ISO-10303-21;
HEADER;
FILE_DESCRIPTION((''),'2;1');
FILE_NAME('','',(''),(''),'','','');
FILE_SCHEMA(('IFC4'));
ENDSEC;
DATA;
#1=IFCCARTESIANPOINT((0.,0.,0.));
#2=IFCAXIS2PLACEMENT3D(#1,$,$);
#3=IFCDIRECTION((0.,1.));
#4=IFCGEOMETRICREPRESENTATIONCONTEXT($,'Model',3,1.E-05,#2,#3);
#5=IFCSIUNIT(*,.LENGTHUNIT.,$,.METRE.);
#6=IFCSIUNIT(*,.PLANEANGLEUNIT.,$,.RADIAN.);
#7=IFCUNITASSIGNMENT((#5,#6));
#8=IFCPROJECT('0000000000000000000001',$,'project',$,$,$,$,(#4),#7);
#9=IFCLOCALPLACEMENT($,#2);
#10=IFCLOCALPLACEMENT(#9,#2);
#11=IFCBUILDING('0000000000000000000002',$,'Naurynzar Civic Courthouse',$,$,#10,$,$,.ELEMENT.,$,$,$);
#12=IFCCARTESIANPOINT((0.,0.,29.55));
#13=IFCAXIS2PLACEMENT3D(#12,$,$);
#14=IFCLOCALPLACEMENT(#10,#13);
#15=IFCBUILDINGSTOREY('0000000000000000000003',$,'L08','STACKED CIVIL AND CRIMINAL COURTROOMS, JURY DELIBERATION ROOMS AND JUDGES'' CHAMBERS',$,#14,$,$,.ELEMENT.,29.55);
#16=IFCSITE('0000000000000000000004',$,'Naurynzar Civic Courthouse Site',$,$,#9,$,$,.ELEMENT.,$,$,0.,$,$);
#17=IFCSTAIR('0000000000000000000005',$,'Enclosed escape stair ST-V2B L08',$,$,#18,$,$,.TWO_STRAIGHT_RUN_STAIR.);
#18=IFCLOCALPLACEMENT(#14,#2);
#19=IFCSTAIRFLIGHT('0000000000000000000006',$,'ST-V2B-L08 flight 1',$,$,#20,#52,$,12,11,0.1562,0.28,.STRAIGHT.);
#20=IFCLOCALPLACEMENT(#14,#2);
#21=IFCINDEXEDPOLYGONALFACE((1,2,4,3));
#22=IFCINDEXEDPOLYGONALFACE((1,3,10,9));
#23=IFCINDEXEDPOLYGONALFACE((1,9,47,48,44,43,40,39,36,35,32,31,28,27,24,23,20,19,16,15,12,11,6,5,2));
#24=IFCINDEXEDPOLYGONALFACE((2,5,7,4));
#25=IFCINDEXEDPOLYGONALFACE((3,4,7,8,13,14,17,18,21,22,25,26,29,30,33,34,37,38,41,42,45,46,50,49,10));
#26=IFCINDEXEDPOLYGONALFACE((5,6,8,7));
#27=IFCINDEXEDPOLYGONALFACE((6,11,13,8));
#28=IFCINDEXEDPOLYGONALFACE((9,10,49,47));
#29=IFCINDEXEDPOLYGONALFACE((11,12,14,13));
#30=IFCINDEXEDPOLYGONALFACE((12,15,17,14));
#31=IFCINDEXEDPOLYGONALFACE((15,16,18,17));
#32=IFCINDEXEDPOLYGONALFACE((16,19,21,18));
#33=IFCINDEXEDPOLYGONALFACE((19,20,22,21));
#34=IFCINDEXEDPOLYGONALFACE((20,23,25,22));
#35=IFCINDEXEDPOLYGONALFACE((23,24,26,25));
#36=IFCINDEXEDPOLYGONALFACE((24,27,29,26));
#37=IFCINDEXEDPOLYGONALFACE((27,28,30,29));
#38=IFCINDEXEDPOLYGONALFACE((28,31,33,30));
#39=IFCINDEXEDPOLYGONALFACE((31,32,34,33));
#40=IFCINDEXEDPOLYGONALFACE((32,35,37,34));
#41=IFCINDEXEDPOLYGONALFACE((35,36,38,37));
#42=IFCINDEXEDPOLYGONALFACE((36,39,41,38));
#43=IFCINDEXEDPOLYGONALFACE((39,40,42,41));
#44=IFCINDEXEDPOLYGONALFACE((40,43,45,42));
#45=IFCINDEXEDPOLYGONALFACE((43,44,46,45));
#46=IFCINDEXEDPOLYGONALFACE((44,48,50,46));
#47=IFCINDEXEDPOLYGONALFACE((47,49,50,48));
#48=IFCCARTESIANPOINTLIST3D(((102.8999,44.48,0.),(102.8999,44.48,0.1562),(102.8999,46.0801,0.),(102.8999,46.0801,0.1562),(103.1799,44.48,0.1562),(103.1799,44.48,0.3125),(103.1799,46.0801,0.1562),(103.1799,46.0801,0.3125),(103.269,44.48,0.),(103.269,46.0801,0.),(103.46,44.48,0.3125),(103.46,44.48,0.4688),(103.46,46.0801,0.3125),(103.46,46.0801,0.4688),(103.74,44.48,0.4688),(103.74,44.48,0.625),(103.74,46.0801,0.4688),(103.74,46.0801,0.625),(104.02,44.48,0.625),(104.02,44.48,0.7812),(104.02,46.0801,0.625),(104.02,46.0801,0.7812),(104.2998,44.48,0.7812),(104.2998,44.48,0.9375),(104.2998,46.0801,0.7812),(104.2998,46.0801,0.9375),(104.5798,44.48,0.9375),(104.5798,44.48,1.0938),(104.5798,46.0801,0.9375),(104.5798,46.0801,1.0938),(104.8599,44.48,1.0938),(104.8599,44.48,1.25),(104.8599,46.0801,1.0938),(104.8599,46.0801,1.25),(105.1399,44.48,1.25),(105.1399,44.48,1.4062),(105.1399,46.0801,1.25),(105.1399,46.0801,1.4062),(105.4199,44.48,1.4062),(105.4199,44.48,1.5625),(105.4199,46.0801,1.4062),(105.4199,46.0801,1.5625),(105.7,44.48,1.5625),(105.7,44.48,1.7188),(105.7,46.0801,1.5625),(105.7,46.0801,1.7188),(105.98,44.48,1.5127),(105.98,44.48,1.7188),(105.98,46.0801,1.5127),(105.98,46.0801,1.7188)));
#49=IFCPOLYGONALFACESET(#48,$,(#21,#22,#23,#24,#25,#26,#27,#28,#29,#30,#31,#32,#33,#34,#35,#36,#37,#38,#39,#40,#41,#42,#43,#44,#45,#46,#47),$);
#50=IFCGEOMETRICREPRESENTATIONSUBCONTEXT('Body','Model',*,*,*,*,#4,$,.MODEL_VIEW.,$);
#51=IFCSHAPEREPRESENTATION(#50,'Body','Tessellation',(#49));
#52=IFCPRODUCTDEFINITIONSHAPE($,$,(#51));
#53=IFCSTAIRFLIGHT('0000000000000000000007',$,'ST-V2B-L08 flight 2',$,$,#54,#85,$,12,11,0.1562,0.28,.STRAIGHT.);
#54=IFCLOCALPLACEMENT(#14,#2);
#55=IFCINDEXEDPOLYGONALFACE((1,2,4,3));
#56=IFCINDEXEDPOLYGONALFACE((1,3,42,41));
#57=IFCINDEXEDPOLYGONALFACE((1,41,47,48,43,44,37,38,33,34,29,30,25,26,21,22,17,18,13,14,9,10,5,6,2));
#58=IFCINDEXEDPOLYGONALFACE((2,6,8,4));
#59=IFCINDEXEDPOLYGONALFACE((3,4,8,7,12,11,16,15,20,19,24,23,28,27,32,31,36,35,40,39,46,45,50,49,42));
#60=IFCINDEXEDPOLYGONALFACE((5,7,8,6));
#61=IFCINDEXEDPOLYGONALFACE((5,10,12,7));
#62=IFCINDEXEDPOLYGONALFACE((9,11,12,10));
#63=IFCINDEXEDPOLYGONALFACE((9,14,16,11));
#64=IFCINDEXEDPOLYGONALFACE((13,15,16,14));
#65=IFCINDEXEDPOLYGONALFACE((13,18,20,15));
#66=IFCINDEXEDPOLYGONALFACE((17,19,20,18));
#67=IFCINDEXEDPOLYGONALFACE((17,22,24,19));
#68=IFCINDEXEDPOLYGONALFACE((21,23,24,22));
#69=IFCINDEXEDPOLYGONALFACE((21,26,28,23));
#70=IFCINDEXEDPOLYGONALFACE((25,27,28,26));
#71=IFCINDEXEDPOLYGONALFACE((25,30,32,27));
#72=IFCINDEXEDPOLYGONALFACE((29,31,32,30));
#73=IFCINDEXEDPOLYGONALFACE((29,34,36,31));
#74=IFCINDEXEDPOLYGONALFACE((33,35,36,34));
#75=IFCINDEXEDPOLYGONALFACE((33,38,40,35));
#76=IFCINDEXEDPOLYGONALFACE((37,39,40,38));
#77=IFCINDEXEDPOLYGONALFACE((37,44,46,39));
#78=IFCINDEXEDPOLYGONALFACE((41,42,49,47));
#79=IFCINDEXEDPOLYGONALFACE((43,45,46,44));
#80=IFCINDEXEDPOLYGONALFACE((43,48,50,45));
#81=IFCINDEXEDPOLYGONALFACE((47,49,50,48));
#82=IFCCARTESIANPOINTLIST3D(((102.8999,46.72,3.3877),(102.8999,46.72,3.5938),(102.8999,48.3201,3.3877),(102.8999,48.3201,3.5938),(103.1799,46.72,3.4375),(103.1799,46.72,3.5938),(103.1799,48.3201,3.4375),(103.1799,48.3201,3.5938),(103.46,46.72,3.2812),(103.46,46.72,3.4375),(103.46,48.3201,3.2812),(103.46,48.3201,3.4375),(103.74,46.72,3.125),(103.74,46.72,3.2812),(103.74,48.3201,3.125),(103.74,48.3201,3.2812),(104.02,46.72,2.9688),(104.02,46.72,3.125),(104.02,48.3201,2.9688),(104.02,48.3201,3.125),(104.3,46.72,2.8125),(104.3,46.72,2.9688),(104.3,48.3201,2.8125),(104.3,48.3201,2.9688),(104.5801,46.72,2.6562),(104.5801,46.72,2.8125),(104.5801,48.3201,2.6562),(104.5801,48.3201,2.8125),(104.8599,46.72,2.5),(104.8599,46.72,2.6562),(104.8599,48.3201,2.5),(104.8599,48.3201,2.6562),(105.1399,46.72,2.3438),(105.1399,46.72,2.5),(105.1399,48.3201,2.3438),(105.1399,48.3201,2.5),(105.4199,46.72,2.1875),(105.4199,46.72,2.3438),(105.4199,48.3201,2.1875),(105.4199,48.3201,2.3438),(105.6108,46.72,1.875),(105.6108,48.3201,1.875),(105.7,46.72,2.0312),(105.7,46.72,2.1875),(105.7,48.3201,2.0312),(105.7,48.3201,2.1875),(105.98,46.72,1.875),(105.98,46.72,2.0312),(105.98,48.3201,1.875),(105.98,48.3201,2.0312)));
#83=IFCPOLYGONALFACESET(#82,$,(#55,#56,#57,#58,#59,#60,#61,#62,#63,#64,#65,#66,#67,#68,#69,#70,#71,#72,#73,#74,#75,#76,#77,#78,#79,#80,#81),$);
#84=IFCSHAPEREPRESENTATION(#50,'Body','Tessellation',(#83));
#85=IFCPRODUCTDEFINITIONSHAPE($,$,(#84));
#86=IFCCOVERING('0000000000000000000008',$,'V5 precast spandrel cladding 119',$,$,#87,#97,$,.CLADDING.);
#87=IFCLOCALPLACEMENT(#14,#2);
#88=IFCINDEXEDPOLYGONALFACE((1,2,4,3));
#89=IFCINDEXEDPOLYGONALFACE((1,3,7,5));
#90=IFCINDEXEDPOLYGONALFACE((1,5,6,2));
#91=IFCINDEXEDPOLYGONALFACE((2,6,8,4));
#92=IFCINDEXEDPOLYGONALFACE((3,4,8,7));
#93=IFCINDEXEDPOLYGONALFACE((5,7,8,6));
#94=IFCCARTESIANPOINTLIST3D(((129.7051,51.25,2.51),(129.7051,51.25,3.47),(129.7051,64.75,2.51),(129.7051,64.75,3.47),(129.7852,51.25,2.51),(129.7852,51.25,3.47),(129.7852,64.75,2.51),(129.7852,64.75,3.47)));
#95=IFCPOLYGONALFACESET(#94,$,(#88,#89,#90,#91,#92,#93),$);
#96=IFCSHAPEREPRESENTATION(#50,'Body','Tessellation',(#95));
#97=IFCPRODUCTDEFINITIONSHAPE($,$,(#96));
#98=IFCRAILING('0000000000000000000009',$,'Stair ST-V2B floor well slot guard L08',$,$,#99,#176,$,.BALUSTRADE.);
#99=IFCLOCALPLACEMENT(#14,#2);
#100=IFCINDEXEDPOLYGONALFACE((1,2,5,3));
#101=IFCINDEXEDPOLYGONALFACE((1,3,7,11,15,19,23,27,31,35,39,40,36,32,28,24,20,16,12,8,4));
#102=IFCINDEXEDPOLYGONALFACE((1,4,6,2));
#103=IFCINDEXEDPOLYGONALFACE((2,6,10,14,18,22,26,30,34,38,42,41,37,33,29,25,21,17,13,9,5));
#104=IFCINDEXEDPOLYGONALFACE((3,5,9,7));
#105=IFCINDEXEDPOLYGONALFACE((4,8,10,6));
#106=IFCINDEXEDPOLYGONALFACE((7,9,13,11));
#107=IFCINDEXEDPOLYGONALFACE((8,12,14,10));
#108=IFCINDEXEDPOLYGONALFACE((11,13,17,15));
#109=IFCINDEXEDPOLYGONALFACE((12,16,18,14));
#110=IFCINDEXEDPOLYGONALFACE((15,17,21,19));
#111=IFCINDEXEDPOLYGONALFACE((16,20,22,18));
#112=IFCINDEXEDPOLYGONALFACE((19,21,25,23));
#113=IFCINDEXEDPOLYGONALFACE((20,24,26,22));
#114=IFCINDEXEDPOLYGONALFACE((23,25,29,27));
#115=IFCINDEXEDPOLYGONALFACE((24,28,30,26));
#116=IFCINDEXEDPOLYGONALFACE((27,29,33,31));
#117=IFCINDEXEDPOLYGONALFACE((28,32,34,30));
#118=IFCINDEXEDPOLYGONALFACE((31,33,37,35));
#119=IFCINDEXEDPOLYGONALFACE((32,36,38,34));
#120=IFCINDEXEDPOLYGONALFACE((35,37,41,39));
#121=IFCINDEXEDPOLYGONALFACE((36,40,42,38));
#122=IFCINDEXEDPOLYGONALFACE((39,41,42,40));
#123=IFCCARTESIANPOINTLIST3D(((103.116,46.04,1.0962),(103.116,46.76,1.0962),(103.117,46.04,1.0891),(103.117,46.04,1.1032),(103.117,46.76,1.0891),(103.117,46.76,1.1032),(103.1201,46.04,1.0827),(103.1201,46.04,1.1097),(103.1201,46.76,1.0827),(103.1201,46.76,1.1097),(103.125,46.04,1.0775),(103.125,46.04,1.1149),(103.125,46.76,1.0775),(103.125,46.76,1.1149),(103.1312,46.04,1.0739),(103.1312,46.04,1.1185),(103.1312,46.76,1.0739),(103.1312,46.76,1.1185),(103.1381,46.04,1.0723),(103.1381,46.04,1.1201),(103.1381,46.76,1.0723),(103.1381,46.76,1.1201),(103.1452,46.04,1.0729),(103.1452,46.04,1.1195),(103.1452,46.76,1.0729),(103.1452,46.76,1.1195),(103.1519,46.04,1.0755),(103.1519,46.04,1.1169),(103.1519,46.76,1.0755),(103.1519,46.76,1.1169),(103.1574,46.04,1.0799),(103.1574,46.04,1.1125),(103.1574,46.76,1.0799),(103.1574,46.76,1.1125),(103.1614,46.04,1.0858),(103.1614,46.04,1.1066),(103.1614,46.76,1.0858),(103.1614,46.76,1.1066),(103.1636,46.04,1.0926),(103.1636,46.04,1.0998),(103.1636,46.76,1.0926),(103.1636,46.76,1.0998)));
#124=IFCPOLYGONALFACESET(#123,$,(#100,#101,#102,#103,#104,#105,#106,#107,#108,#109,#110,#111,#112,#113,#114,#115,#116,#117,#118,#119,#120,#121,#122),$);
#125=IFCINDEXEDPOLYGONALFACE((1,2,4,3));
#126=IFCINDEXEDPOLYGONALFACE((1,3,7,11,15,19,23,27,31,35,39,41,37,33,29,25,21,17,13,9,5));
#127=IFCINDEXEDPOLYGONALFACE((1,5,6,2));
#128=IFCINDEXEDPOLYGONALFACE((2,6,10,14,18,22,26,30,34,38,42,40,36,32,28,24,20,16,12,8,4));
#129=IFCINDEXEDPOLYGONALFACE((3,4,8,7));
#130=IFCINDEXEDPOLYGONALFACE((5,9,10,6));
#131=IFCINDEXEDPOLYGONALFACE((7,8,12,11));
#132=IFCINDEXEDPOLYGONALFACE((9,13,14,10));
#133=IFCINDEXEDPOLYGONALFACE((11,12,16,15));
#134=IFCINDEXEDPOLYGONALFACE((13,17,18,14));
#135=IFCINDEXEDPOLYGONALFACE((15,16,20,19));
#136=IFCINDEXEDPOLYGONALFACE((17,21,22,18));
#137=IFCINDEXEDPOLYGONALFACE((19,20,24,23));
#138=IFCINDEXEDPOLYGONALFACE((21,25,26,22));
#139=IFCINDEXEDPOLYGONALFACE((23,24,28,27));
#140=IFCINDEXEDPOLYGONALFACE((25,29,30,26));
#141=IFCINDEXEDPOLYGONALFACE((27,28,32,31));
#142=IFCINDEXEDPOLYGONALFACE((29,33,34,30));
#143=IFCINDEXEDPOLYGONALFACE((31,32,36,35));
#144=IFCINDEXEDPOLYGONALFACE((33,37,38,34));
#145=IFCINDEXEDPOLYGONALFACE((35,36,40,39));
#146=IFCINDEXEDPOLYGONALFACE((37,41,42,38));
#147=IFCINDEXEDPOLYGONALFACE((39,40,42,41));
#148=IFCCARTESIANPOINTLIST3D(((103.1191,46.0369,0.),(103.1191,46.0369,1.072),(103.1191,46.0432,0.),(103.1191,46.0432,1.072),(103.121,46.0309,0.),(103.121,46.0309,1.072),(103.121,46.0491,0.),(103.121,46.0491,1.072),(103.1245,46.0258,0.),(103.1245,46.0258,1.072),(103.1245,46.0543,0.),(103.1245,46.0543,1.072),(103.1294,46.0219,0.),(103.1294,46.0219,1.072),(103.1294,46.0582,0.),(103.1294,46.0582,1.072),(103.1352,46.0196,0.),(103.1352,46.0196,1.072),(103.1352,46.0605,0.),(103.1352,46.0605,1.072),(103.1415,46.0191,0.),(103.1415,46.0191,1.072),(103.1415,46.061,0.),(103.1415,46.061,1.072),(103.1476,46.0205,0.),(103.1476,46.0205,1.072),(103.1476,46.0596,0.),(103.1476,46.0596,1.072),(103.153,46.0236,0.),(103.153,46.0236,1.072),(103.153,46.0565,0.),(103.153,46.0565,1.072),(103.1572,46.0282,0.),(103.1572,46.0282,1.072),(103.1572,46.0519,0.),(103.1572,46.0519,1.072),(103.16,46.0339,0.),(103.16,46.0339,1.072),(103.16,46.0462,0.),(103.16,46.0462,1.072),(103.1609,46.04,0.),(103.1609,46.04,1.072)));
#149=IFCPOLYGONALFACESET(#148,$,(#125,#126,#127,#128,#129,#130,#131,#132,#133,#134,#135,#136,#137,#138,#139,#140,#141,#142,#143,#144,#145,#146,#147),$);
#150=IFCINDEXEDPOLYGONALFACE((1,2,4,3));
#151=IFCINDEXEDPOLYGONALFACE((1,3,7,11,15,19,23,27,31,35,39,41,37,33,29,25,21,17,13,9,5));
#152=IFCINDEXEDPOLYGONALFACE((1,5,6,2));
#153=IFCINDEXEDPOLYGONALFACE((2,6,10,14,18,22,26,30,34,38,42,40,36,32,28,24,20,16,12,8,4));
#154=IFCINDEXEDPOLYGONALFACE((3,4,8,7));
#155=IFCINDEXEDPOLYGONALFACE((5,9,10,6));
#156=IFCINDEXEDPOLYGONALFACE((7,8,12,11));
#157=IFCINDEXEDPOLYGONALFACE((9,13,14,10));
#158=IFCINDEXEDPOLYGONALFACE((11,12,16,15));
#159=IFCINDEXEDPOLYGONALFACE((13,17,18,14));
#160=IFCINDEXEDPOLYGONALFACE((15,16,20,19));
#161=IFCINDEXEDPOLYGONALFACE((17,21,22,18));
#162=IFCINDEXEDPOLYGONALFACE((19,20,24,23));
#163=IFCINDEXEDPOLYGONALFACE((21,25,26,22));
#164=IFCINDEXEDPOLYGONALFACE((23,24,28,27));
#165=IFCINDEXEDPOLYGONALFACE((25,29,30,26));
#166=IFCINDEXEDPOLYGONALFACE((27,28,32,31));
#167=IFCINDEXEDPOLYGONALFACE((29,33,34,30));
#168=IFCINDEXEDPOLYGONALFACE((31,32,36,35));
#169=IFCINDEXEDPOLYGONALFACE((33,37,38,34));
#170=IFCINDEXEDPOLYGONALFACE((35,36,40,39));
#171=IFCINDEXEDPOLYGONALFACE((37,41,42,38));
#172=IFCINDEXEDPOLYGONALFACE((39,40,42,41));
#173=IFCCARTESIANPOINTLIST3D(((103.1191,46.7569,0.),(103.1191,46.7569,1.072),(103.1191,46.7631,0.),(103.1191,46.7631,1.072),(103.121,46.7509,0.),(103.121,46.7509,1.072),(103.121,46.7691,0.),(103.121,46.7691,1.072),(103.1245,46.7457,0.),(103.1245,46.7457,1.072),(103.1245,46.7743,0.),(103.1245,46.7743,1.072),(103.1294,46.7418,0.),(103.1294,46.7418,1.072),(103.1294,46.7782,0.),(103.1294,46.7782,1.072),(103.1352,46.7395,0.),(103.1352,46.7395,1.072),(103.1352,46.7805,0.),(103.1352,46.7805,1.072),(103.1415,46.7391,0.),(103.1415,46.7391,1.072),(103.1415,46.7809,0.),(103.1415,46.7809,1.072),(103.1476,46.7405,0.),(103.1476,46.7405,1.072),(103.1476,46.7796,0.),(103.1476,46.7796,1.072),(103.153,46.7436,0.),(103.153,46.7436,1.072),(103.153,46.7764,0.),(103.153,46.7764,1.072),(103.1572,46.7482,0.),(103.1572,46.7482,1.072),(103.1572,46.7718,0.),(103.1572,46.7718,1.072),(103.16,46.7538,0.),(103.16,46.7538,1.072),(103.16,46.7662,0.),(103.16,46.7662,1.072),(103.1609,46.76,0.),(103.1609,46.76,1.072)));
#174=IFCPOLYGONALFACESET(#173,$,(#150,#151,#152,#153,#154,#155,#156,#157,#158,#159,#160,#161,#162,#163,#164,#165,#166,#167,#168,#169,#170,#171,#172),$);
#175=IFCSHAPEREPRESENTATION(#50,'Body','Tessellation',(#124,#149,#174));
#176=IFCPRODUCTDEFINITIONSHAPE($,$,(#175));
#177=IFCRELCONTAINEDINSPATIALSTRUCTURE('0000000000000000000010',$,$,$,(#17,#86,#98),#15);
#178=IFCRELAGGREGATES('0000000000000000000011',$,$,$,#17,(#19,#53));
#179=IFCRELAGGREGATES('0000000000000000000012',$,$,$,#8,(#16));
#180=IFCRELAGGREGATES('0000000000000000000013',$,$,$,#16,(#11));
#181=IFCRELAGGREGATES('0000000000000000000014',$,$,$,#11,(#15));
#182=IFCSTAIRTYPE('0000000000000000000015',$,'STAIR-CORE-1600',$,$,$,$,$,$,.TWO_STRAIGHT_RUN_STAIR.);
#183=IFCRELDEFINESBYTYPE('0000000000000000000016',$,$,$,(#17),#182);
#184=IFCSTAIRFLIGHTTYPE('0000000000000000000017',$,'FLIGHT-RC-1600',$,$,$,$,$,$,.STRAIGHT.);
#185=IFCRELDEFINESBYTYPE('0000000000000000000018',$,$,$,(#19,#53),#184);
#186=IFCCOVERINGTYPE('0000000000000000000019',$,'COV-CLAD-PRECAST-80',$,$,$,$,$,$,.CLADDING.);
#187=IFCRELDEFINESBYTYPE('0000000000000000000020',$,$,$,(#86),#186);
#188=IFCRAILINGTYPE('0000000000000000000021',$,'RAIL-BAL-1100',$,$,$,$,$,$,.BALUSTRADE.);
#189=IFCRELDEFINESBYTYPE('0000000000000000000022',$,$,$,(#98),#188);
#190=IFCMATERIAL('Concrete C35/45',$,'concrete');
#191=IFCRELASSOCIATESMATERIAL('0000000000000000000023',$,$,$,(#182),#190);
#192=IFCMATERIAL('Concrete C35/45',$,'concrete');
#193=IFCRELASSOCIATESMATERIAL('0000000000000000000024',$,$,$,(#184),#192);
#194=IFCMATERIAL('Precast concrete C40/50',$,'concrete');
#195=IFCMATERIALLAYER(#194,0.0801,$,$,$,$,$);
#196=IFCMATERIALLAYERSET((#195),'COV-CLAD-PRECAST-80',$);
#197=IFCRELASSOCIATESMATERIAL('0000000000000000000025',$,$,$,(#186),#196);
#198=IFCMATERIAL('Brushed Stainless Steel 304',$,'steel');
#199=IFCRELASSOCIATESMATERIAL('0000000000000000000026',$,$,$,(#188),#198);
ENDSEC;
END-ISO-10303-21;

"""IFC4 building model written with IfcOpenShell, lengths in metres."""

from ifc_helpers import new_model, si_unit, direction, frame, origin, origin_2d, place, context, subcontext, project, spatial, polyline, rectangle, circle, outline, extrude, material, layer, layer_set, type_object, element, aggregate, save


model = new_model("IFC4")

# Units and contexts
model_context = context("Model", 3, precision=1e-05, world=origin(), true_north=direction((0.0, 1.0)))
body_context = subcontext(model_context, "Body", "Model", "MODEL_VIEW")
ifc_project = project(units=[si_unit("LENGTHUNIT", "METRE"), si_unit("PLANEANGLEUNIT", "RADIAN")], contexts=[model_context])

# Site, building, storey
site_placement = place(None, origin())
site = spatial("IfcSite", under=ifc_project, at=site_placement, Name="Naurynzar Civic Courthouse Site", CompositionType="ELEMENT", RefElevation=0.0)
building_placement = place(site_placement, origin())
building = spatial("IfcBuilding", under=site, at=building_placement, Name="Naurynzar Civic Courthouse", CompositionType="ELEMENT")
storey_placement = place(building_placement, frame((0.0, 0.0, 29.55)))
storey = spatial("IfcBuildingStorey", under=building, at=storey_placement, Name="L08", Description="STACKED CIVIL AND CRIMINAL COURTROOMS, JURY DELIBERATION ROOMS AND JUDGES' CHAMBERS", CompositionType="ELEMENT", Elevation=29.55)

# Stair, stair flights
ifc_material_1 = material(Name="Concrete C35/45", Category="concrete")
stair_type = type_object("IfcStairType", Name="STAIR-CORE-1600", PredefinedType="TWO_STRAIGHT_RUN_STAIR", material=ifc_material_1)
stair_placement = place(storey_placement, origin())
stair = element("IfcStair", 1, at=stair_placement, inside=storey, type_object=stair_type, Name="Enclosed escape stair ST-V2B L08", PredefinedType="TWO_STRAIGHT_RUN_STAIR")
ifc_material_2 = material(Name="Concrete C35/45", Category="concrete")
stair_flight_type = type_object("IfcStairFlightType", Name="FLIGHT-RC-1600", PredefinedType="STRAIGHT", material=ifc_material_2)
stair_flight_1_placement = place(storey_placement, frame((102.8999, 45.28, 0.0), z_axis=(0.0, 0.0, 1.0), x_axis=(1.0, 0.0, 0.0)))
stair_flight_1 = element("IfcStairFlight", 2, at=stair_flight_1_placement, type_object=stair_flight_type, Name="ST-V2B-L08 flight 1", NumberOfRisers=12, NumberOfTreads=11, PredefinedType="STRAIGHT", RiserHeight=0.1562, TreadLength=0.28, context=body_context, shape_type="SweptSolid", body=[
    extrude(outline(polyline([(0.0, 0.0), (0.0, 0.1562), (0.28, 0.1562), (0.28, 0.3125), (0.5601, 0.3125), (0.5601, 0.4688), (0.8401, 0.4688), (0.8401, 0.625), (1.1201, 0.625), (1.1201, 0.7812), (1.3999, 0.7812), (1.3999, 0.9375), (1.6799, 0.9375), (1.6799, 1.0938), (1.96, 1.0938), (1.96, 1.25), (2.24, 1.25), (2.24, 1.4062), (2.52, 1.4062), (2.52, 1.5625), (2.8, 1.5625), (2.8, 1.7188), (3.0801, 1.7188), (3.0801, 1.875), (3.0801, 1.5127), (0.3691, 0.0), (0.0, 0.0)])), frame((0.0, 0.8, 0.0), z_axis=(0.0, -1.0, 0.0), x_axis=(1.0, 0.0, 0.0)), (0.0, 0.0, 1.0), 1.6001),
])
stair_flight_2_placement = place(storey_placement, frame((105.98, 47.52, 1.875), z_axis=(0.0, 0.0, 1.0), x_axis=(-1.0, 0.0, 0.0)))
stair_flight_2 = element("IfcStairFlight", 3, at=stair_flight_2_placement, type_object=stair_flight_type, Name="ST-V2B-L08 flight 2", NumberOfRisers=12, NumberOfTreads=11, PredefinedType="STRAIGHT", RiserHeight=0.1562, TreadLength=0.28, context=body_context, shape_type="SweptSolid", body=[
    extrude(outline(polyline([(0.0, 0.0), (0.0, 0.1562), (0.28, 0.1562), (0.28, 0.3125), (0.5601, 0.3125), (0.5601, 0.4688), (0.8401, 0.4688), (0.8401, 0.625), (1.1201, 0.625), (1.1201, 0.7812), (1.3999, 0.7812), (1.3999, 0.9375), (1.6799, 0.9375), (1.6799, 1.0938), (1.96, 1.0938), (1.96, 1.25), (2.24, 1.25), (2.24, 1.4062), (2.52, 1.4062), (2.52, 1.5625), (2.8, 1.5625), (2.8, 1.7188), (3.0801, 1.7188), (3.0801, 1.875), (3.0801, 1.5127), (0.3691, 0.0), (0.0, 0.0)])), frame((0.0, 0.8, 0.0), z_axis=(0.0, -1.0, 0.0), x_axis=(1.0, 0.0, 0.0)), (0.0, 0.0, 1.0), 1.6001),
])
aggregate(stair, [stair_flight_1, stair_flight_2])

# Covering
ifc_material_3 = material(Name="Precast concrete C40/50", Category="concrete")
ifc_layer_1 = layer(ifc_material_3, 0.0801)
ifc_layer_set_1 = layer_set([ifc_layer_1], Name="COV-CLAD-PRECAST-80")
covering_type = type_object("IfcCoveringType", Name="COV-CLAD-PRECAST-80", PredefinedType="CLADDING", material=ifc_layer_set_1)
covering_placement = place(storey_placement, frame((129.7451, 58.0, 2.51), z_axis=(0.0, 0.0, 1.0), x_axis=(0.0, 1.0, 0.0)))
element("IfcCovering", 4, at=covering_placement, inside=storey, type_object=covering_type, Name="V5 precast spandrel cladding 119", PredefinedType="CLADDING", context=body_context, shape_type="SweptSolid", body=[
    extrude(rectangle(XDim=13.5, YDim=0.0801, at=origin_2d()), origin(), (0.0, 0.0, 1.0), 0.96),
])

# Railing
ifc_material_4 = material(Name="Brushed Stainless Steel 304", Category="steel")
railing_type_1 = type_object("IfcRailingType", Name="RAIL-BAL-1100", PredefinedType="BALUSTRADE", material=ifc_material_4)
for number, where, name in (
    (5, (103.1399, 46.04, 0.0), "Stair ST-V2B floor well slot guard L08"),
):
    element("IfcRailing", number, at=place(storey_placement, frame(where)), inside=storey, type_object=railing_type_1, Name=name, PredefinedType="BALUSTRADE", context=body_context, shape_type="SweptSolid", body=[
        extrude(circle(Radius=0.0239, at=origin_2d()), frame((0.0, 0.0, 1.0962), z_axis=(0.0, 1.0, 0.0), x_axis=(-1.0, 0.0, 0.0)), (0.0, 0.0, 1.0), 0.72),
        extrude(circle(Radius=0.021, at=origin_2d()), origin(), (0.0, 0.0, 1.0), 1.072),
        extrude(circle(Radius=0.021, at=origin_2d()), frame((0.0, 0.72, 0.0)), (0.0, 0.0, 1.0), 1.072),
    ])

save(model, "model.ifc")
